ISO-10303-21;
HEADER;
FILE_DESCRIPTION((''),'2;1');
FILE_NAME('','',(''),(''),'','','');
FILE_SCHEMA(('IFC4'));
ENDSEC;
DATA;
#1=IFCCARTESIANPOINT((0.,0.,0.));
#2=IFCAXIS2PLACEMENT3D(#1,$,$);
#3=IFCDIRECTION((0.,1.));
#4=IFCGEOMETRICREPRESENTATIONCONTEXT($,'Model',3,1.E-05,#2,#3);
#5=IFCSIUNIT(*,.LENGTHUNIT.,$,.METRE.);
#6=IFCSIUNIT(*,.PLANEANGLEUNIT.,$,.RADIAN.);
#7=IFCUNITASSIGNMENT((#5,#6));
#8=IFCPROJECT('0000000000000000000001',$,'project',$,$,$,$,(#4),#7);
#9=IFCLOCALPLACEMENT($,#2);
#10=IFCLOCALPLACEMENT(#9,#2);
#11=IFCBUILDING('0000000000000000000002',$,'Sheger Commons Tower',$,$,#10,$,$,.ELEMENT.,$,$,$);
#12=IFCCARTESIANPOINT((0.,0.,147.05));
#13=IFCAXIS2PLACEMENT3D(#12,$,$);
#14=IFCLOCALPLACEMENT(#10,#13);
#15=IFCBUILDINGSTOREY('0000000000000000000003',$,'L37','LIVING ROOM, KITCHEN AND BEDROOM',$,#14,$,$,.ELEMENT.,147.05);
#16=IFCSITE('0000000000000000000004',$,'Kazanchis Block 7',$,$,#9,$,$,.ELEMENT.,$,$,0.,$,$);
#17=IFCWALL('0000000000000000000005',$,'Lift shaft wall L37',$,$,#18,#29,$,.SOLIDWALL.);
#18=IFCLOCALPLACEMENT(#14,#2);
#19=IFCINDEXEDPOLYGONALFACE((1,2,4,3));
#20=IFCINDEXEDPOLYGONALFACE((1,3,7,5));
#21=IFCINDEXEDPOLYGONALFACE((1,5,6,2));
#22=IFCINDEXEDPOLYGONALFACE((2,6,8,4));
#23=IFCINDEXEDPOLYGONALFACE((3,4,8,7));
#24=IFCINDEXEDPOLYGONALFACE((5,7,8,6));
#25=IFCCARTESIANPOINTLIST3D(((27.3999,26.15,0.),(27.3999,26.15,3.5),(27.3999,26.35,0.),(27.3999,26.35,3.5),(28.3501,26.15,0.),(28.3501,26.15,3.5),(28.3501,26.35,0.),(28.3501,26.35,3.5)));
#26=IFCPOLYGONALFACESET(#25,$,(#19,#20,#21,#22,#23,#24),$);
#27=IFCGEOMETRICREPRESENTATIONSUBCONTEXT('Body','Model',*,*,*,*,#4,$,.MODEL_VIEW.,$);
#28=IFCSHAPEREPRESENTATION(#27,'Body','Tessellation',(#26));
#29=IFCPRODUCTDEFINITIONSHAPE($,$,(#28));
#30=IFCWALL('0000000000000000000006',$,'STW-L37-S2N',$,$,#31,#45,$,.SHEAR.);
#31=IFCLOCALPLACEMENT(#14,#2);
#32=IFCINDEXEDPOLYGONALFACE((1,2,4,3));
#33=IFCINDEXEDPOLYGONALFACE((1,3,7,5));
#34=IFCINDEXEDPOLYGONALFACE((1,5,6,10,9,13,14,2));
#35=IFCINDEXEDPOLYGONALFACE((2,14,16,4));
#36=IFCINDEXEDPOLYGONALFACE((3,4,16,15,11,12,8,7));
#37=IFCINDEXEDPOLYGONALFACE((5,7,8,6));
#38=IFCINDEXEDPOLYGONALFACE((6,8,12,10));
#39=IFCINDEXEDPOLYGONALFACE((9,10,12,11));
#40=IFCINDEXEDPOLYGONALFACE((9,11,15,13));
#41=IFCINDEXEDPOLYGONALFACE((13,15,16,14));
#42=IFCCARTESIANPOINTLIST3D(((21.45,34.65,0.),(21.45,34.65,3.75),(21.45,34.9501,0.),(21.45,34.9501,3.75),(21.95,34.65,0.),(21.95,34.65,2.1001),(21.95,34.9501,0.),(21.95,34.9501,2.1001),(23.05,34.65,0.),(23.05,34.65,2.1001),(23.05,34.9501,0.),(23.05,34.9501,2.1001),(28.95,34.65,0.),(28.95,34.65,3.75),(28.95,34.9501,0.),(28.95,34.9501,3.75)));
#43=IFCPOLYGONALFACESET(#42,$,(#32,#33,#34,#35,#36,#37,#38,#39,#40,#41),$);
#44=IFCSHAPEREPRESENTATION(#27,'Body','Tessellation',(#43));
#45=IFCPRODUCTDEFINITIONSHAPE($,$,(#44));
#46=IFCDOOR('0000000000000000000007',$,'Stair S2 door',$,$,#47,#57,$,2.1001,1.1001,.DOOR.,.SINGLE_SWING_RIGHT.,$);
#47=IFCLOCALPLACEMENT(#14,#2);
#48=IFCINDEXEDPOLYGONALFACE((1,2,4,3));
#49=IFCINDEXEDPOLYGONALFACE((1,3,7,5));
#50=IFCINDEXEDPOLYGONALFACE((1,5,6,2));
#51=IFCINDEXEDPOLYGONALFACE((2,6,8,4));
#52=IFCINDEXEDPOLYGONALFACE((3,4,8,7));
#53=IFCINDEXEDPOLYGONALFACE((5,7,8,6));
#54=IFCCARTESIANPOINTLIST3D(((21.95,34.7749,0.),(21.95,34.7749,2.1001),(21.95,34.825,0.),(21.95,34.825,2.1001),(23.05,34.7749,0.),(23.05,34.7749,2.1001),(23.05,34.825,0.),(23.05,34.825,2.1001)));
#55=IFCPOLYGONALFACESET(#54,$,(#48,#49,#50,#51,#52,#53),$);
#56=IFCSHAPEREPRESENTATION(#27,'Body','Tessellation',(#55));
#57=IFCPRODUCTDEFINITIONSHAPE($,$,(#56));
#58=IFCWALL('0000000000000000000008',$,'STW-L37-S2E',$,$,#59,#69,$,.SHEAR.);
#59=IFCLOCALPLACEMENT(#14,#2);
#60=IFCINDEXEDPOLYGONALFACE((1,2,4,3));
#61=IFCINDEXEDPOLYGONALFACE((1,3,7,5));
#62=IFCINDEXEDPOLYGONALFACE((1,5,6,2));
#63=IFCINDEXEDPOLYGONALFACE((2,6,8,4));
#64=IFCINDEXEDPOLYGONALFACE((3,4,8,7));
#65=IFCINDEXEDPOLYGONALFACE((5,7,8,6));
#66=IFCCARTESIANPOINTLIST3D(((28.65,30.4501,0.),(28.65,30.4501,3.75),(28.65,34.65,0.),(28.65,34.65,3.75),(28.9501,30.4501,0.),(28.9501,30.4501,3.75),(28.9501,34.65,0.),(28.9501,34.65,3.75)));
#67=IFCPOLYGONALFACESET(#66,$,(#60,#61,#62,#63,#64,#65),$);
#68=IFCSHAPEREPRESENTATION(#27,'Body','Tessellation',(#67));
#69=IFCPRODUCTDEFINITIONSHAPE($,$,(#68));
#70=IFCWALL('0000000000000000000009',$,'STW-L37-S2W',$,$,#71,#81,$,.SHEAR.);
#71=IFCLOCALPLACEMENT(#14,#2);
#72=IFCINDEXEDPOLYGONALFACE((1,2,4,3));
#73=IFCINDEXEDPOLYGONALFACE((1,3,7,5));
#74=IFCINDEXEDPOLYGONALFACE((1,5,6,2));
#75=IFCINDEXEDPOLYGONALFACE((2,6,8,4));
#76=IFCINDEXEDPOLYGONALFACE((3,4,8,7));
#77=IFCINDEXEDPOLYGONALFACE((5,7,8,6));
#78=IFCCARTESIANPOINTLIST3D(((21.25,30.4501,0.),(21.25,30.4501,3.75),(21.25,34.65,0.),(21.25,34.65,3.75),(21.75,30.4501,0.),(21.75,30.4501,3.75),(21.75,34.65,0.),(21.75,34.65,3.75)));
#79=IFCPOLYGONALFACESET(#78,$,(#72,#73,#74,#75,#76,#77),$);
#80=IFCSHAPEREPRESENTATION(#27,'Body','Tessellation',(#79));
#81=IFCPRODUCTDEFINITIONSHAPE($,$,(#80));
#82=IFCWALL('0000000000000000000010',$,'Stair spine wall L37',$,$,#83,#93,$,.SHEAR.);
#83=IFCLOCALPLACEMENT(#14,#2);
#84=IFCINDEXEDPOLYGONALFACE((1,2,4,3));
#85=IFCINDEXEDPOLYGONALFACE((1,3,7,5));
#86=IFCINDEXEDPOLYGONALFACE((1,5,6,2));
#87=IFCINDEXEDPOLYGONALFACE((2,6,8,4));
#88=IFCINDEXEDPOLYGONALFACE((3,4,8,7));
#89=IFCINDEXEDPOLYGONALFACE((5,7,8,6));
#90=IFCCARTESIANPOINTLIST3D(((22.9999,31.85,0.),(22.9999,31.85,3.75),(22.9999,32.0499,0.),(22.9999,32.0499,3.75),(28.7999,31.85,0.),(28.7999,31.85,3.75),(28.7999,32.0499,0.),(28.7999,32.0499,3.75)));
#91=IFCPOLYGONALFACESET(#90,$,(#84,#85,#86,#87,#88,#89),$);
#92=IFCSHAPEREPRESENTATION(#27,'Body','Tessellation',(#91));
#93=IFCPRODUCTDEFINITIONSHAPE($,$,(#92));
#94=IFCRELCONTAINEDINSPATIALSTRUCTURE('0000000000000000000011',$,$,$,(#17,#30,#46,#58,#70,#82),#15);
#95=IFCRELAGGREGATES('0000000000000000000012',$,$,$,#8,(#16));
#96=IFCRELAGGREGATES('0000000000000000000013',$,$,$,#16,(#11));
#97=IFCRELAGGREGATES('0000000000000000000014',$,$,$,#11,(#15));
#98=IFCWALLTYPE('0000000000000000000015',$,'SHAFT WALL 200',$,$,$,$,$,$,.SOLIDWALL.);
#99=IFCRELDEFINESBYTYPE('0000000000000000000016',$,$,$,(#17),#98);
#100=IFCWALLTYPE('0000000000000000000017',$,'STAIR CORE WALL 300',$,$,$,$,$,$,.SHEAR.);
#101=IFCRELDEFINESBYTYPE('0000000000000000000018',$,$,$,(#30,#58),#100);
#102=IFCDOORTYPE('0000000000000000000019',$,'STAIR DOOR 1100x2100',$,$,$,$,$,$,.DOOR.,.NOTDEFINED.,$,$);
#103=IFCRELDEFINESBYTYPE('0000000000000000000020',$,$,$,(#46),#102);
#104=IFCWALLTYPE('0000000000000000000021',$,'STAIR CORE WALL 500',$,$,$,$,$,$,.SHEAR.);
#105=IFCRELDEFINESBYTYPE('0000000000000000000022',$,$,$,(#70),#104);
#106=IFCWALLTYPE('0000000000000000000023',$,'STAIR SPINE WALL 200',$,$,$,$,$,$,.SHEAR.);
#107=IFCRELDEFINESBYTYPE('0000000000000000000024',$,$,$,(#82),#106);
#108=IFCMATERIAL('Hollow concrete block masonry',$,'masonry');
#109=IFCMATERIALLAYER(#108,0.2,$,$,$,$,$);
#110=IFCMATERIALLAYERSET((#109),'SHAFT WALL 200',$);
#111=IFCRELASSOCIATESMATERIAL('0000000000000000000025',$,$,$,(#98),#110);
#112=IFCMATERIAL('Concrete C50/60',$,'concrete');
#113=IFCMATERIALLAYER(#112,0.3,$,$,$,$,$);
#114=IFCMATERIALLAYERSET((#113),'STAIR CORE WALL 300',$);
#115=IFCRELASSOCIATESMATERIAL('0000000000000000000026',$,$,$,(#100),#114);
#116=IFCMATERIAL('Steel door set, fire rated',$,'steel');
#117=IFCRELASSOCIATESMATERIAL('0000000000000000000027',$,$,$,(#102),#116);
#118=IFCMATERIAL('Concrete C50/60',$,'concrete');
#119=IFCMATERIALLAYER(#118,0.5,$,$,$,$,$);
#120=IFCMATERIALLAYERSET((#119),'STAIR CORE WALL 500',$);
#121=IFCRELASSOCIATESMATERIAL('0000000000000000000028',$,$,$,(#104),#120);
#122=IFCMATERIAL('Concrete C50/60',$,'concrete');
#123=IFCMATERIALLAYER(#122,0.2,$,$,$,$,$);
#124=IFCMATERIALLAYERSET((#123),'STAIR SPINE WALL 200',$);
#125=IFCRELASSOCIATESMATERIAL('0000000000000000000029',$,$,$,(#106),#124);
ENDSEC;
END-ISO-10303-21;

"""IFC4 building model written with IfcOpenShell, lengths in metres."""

from ifc_helpers import new_model, si_unit, direction, frame, frame_2d, origin, place, context, subcontext, project, spatial, rectangle, extrude, material, layer, layer_set, type_object, element, fill, save


model = new_model("IFC4")

# Units and contexts
model_context = context("Model", 3, precision=1e-05, world=origin(), true_north=direction((0.0, 1.0)))
body_context = subcontext(model_context, "Body", "Model", "MODEL_VIEW")
ifc_project = project(units=[si_unit("LENGTHUNIT", "METRE"), si_unit("PLANEANGLEUNIT", "RADIAN")], contexts=[model_context])

# Site, building, storey
site_placement = place(None, origin())
site = spatial("IfcSite", under=ifc_project, at=site_placement, Name="Kazanchis Block 7", CompositionType="ELEMENT", RefElevation=0.0)
building_placement = place(site_placement, origin())
building = spatial("IfcBuilding", under=site, at=building_placement, Name="Sheger Commons Tower", CompositionType="ELEMENT")
storey_placement = place(building_placement, frame((0.0, 0.0, 147.05)))
storey = spatial("IfcBuildingStorey", under=building, at=storey_placement, Name="L37", Description="LIVING ROOM, KITCHEN AND BEDROOM", CompositionType="ELEMENT", Elevation=147.05)

# Wall
ifc_material_1 = material(Name="Hollow concrete block masonry", Category="masonry")
ifc_layer_1 = layer(ifc_material_1, 0.2)
ifc_layer_set_1 = layer_set([ifc_layer_1], Name="SHAFT WALL 200")
wall_type_1 = type_object("IfcWallType", Name="SHAFT WALL 200", PredefinedType="SOLIDWALL", material=ifc_layer_set_1)
wall_1_placement = place(storey_placement, frame((27.3999, 26.25, 0.0), z_axis=(0.0, 0.0, 1.0), x_axis=(1.0, 0.0, 0.0)))
element("IfcWall", 1, at=wall_1_placement, inside=storey, type_object=wall_type_1, Name="Lift shaft wall L37", PredefinedType="SOLIDWALL", context=body_context, shape_type="SweptSolid", body=[
    extrude(rectangle(XDim=0.9502, YDim=0.2, at=frame_2d((0.4751, 0.0))), origin(), (0.0, 0.0, 1.0), 3.5),
])

# Wall, opening, door
ifc_material_2 = material(Name="Concrete C50/60", Category="concrete")
ifc_layer_2 = layer(ifc_material_2, 0.3)
ifc_layer_set_2 = layer_set([ifc_layer_2], Name="STAIR CORE WALL 300")
wall_type_2 = type_object("IfcWallType", Name="STAIR CORE WALL 300", PredefinedType="SHEAR", material=ifc_layer_set_2)
wall_2_placement = place(storey_placement, frame((21.45, 34.8, 0.0), z_axis=(0.0, 0.0, 1.0), x_axis=(1.0, 0.0, 0.0)))
wall_2 = element("IfcWall", 2, at=wall_2_placement, inside=storey, type_object=wall_type_2, Name="STW-L37-S2N", PredefinedType="SHEAR", context=body_context, shape_type="SweptSolid", body=[
    extrude(rectangle(XDim=7.5, YDim=0.3, at=frame_2d((3.75, 0.0))), origin(), (0.0, 0.0, 1.0), 3.75),
])
opening_1_placement = place(wall_2_placement, frame((0.5, 0.0, 0.0)))
opening_1 = element("IfcOpeningElement", 3, at=opening_1_placement, cuts=wall_2, PredefinedType="OPENING", context=body_context, shape_type="SweptSolid", body=[
    extrude(rectangle(XDim=1.1001, YDim=2.1001, at=frame_2d((0.55, 1.05))), frame((0.0, 0.1599, 0.0), z_axis=(0.0, -1.0, 0.0), x_axis=(1.0, 0.0, 0.0)), (0.0, 0.0, 1.0), 0.3201),
])
ifc_material_3 = material(Name="Steel door set, fire rated", Category="steel")
door_type_1 = type_object("IfcDoorType", Name="STAIR DOOR 1100x2100", OperationType="NOTDEFINED", PredefinedType="DOOR", material=ifc_material_3)
door_1_placement = place(opening_1_placement, origin())
door_1 = element("IfcDoor", 4, at=door_1_placement, inside=storey, type_object=door_type_1, Name="Stair S2 door", OperationType="SINGLE_SWING_RIGHT", OverallHeight=2.1001, OverallWidth=1.1001, PredefinedType="DOOR", context=body_context, shape_type="SweptSolid", body=[
    extrude(rectangle(XDim=1.1001, YDim=2.1001, at=frame_2d((0.55, 1.05))), frame((0.0, 0.0249, 0.0), z_axis=(0.0, -1.0, 0.0), x_axis=(1.0, 0.0, 0.0)), (0.0, 0.0, 1.0), 0.05),
])
fill(opening_1, door_1)

# Walls
wall_3_placement = place(storey_placement, frame((28.8, 30.45, 0.0), z_axis=(0.0, 0.0, 1.0), x_axis=(0.0, 1.0, 0.0)))
element("IfcWall", 5, at=wall_3_placement, inside=storey, type_object=wall_type_2, Name="STW-L37-S2E", PredefinedType="SHEAR", context=body_context, shape_type="SweptSolid", body=[
    extrude(rectangle(XDim=4.2, YDim=0.3, at=frame_2d((2.1001, 0.0))), origin(), (0.0, 0.0, 1.0), 3.75),
])
ifc_material_4 = material(Name="Concrete C50/60", Category="concrete")
ifc_layer_3 = layer(ifc_material_4, 0.5)
ifc_layer_set_3 = layer_set([ifc_layer_3], Name="STAIR CORE WALL 500")
wall_type_3 = type_object("IfcWallType", Name="STAIR CORE WALL 500", PredefinedType="SHEAR", material=ifc_layer_set_3)
wall_4_placement = place(storey_placement, frame((21.5, 30.45, 0.0), z_axis=(0.0, 0.0, 1.0), x_axis=(0.0, 1.0, 0.0)))
element("IfcWall", 6, at=wall_4_placement, inside=storey, type_object=wall_type_3, Name="STW-L37-S2W", PredefinedType="SHEAR", context=body_context, shape_type="SweptSolid", body=[
    extrude(rectangle(XDim=4.2, YDim=0.5, at=frame_2d((2.1001, 0.0))), origin(), (0.0, 0.0, 1.0), 3.75),
])
ifc_material_5 = material(Name="Concrete C50/60", Category="concrete")
ifc_layer_4 = layer(ifc_material_5, 0.2)
ifc_layer_set_4 = layer_set([ifc_layer_4], Name="STAIR SPINE WALL 200")
wall_type_4 = type_object("IfcWallType", Name="STAIR SPINE WALL 200", PredefinedType="SHEAR", material=ifc_layer_set_4)
wall_5_placement = place(storey_placement, frame((23.0, 31.95, 0.0), z_axis=(0.0, 0.0, 1.0), x_axis=(1.0, 0.0, 0.0)))
element("IfcWall", 7, at=wall_5_placement, inside=storey, type_object=wall_type_4, Name="Stair spine wall L37", PredefinedType="SHEAR", context=body_context, shape_type="SweptSolid", body=[
    extrude(rectangle(XDim=5.8, YDim=0.2, at=frame_2d((2.8999, 0.0))), origin(), (0.0, 0.0, 1.0), 3.75),
])

save(model, "model.ifc")
